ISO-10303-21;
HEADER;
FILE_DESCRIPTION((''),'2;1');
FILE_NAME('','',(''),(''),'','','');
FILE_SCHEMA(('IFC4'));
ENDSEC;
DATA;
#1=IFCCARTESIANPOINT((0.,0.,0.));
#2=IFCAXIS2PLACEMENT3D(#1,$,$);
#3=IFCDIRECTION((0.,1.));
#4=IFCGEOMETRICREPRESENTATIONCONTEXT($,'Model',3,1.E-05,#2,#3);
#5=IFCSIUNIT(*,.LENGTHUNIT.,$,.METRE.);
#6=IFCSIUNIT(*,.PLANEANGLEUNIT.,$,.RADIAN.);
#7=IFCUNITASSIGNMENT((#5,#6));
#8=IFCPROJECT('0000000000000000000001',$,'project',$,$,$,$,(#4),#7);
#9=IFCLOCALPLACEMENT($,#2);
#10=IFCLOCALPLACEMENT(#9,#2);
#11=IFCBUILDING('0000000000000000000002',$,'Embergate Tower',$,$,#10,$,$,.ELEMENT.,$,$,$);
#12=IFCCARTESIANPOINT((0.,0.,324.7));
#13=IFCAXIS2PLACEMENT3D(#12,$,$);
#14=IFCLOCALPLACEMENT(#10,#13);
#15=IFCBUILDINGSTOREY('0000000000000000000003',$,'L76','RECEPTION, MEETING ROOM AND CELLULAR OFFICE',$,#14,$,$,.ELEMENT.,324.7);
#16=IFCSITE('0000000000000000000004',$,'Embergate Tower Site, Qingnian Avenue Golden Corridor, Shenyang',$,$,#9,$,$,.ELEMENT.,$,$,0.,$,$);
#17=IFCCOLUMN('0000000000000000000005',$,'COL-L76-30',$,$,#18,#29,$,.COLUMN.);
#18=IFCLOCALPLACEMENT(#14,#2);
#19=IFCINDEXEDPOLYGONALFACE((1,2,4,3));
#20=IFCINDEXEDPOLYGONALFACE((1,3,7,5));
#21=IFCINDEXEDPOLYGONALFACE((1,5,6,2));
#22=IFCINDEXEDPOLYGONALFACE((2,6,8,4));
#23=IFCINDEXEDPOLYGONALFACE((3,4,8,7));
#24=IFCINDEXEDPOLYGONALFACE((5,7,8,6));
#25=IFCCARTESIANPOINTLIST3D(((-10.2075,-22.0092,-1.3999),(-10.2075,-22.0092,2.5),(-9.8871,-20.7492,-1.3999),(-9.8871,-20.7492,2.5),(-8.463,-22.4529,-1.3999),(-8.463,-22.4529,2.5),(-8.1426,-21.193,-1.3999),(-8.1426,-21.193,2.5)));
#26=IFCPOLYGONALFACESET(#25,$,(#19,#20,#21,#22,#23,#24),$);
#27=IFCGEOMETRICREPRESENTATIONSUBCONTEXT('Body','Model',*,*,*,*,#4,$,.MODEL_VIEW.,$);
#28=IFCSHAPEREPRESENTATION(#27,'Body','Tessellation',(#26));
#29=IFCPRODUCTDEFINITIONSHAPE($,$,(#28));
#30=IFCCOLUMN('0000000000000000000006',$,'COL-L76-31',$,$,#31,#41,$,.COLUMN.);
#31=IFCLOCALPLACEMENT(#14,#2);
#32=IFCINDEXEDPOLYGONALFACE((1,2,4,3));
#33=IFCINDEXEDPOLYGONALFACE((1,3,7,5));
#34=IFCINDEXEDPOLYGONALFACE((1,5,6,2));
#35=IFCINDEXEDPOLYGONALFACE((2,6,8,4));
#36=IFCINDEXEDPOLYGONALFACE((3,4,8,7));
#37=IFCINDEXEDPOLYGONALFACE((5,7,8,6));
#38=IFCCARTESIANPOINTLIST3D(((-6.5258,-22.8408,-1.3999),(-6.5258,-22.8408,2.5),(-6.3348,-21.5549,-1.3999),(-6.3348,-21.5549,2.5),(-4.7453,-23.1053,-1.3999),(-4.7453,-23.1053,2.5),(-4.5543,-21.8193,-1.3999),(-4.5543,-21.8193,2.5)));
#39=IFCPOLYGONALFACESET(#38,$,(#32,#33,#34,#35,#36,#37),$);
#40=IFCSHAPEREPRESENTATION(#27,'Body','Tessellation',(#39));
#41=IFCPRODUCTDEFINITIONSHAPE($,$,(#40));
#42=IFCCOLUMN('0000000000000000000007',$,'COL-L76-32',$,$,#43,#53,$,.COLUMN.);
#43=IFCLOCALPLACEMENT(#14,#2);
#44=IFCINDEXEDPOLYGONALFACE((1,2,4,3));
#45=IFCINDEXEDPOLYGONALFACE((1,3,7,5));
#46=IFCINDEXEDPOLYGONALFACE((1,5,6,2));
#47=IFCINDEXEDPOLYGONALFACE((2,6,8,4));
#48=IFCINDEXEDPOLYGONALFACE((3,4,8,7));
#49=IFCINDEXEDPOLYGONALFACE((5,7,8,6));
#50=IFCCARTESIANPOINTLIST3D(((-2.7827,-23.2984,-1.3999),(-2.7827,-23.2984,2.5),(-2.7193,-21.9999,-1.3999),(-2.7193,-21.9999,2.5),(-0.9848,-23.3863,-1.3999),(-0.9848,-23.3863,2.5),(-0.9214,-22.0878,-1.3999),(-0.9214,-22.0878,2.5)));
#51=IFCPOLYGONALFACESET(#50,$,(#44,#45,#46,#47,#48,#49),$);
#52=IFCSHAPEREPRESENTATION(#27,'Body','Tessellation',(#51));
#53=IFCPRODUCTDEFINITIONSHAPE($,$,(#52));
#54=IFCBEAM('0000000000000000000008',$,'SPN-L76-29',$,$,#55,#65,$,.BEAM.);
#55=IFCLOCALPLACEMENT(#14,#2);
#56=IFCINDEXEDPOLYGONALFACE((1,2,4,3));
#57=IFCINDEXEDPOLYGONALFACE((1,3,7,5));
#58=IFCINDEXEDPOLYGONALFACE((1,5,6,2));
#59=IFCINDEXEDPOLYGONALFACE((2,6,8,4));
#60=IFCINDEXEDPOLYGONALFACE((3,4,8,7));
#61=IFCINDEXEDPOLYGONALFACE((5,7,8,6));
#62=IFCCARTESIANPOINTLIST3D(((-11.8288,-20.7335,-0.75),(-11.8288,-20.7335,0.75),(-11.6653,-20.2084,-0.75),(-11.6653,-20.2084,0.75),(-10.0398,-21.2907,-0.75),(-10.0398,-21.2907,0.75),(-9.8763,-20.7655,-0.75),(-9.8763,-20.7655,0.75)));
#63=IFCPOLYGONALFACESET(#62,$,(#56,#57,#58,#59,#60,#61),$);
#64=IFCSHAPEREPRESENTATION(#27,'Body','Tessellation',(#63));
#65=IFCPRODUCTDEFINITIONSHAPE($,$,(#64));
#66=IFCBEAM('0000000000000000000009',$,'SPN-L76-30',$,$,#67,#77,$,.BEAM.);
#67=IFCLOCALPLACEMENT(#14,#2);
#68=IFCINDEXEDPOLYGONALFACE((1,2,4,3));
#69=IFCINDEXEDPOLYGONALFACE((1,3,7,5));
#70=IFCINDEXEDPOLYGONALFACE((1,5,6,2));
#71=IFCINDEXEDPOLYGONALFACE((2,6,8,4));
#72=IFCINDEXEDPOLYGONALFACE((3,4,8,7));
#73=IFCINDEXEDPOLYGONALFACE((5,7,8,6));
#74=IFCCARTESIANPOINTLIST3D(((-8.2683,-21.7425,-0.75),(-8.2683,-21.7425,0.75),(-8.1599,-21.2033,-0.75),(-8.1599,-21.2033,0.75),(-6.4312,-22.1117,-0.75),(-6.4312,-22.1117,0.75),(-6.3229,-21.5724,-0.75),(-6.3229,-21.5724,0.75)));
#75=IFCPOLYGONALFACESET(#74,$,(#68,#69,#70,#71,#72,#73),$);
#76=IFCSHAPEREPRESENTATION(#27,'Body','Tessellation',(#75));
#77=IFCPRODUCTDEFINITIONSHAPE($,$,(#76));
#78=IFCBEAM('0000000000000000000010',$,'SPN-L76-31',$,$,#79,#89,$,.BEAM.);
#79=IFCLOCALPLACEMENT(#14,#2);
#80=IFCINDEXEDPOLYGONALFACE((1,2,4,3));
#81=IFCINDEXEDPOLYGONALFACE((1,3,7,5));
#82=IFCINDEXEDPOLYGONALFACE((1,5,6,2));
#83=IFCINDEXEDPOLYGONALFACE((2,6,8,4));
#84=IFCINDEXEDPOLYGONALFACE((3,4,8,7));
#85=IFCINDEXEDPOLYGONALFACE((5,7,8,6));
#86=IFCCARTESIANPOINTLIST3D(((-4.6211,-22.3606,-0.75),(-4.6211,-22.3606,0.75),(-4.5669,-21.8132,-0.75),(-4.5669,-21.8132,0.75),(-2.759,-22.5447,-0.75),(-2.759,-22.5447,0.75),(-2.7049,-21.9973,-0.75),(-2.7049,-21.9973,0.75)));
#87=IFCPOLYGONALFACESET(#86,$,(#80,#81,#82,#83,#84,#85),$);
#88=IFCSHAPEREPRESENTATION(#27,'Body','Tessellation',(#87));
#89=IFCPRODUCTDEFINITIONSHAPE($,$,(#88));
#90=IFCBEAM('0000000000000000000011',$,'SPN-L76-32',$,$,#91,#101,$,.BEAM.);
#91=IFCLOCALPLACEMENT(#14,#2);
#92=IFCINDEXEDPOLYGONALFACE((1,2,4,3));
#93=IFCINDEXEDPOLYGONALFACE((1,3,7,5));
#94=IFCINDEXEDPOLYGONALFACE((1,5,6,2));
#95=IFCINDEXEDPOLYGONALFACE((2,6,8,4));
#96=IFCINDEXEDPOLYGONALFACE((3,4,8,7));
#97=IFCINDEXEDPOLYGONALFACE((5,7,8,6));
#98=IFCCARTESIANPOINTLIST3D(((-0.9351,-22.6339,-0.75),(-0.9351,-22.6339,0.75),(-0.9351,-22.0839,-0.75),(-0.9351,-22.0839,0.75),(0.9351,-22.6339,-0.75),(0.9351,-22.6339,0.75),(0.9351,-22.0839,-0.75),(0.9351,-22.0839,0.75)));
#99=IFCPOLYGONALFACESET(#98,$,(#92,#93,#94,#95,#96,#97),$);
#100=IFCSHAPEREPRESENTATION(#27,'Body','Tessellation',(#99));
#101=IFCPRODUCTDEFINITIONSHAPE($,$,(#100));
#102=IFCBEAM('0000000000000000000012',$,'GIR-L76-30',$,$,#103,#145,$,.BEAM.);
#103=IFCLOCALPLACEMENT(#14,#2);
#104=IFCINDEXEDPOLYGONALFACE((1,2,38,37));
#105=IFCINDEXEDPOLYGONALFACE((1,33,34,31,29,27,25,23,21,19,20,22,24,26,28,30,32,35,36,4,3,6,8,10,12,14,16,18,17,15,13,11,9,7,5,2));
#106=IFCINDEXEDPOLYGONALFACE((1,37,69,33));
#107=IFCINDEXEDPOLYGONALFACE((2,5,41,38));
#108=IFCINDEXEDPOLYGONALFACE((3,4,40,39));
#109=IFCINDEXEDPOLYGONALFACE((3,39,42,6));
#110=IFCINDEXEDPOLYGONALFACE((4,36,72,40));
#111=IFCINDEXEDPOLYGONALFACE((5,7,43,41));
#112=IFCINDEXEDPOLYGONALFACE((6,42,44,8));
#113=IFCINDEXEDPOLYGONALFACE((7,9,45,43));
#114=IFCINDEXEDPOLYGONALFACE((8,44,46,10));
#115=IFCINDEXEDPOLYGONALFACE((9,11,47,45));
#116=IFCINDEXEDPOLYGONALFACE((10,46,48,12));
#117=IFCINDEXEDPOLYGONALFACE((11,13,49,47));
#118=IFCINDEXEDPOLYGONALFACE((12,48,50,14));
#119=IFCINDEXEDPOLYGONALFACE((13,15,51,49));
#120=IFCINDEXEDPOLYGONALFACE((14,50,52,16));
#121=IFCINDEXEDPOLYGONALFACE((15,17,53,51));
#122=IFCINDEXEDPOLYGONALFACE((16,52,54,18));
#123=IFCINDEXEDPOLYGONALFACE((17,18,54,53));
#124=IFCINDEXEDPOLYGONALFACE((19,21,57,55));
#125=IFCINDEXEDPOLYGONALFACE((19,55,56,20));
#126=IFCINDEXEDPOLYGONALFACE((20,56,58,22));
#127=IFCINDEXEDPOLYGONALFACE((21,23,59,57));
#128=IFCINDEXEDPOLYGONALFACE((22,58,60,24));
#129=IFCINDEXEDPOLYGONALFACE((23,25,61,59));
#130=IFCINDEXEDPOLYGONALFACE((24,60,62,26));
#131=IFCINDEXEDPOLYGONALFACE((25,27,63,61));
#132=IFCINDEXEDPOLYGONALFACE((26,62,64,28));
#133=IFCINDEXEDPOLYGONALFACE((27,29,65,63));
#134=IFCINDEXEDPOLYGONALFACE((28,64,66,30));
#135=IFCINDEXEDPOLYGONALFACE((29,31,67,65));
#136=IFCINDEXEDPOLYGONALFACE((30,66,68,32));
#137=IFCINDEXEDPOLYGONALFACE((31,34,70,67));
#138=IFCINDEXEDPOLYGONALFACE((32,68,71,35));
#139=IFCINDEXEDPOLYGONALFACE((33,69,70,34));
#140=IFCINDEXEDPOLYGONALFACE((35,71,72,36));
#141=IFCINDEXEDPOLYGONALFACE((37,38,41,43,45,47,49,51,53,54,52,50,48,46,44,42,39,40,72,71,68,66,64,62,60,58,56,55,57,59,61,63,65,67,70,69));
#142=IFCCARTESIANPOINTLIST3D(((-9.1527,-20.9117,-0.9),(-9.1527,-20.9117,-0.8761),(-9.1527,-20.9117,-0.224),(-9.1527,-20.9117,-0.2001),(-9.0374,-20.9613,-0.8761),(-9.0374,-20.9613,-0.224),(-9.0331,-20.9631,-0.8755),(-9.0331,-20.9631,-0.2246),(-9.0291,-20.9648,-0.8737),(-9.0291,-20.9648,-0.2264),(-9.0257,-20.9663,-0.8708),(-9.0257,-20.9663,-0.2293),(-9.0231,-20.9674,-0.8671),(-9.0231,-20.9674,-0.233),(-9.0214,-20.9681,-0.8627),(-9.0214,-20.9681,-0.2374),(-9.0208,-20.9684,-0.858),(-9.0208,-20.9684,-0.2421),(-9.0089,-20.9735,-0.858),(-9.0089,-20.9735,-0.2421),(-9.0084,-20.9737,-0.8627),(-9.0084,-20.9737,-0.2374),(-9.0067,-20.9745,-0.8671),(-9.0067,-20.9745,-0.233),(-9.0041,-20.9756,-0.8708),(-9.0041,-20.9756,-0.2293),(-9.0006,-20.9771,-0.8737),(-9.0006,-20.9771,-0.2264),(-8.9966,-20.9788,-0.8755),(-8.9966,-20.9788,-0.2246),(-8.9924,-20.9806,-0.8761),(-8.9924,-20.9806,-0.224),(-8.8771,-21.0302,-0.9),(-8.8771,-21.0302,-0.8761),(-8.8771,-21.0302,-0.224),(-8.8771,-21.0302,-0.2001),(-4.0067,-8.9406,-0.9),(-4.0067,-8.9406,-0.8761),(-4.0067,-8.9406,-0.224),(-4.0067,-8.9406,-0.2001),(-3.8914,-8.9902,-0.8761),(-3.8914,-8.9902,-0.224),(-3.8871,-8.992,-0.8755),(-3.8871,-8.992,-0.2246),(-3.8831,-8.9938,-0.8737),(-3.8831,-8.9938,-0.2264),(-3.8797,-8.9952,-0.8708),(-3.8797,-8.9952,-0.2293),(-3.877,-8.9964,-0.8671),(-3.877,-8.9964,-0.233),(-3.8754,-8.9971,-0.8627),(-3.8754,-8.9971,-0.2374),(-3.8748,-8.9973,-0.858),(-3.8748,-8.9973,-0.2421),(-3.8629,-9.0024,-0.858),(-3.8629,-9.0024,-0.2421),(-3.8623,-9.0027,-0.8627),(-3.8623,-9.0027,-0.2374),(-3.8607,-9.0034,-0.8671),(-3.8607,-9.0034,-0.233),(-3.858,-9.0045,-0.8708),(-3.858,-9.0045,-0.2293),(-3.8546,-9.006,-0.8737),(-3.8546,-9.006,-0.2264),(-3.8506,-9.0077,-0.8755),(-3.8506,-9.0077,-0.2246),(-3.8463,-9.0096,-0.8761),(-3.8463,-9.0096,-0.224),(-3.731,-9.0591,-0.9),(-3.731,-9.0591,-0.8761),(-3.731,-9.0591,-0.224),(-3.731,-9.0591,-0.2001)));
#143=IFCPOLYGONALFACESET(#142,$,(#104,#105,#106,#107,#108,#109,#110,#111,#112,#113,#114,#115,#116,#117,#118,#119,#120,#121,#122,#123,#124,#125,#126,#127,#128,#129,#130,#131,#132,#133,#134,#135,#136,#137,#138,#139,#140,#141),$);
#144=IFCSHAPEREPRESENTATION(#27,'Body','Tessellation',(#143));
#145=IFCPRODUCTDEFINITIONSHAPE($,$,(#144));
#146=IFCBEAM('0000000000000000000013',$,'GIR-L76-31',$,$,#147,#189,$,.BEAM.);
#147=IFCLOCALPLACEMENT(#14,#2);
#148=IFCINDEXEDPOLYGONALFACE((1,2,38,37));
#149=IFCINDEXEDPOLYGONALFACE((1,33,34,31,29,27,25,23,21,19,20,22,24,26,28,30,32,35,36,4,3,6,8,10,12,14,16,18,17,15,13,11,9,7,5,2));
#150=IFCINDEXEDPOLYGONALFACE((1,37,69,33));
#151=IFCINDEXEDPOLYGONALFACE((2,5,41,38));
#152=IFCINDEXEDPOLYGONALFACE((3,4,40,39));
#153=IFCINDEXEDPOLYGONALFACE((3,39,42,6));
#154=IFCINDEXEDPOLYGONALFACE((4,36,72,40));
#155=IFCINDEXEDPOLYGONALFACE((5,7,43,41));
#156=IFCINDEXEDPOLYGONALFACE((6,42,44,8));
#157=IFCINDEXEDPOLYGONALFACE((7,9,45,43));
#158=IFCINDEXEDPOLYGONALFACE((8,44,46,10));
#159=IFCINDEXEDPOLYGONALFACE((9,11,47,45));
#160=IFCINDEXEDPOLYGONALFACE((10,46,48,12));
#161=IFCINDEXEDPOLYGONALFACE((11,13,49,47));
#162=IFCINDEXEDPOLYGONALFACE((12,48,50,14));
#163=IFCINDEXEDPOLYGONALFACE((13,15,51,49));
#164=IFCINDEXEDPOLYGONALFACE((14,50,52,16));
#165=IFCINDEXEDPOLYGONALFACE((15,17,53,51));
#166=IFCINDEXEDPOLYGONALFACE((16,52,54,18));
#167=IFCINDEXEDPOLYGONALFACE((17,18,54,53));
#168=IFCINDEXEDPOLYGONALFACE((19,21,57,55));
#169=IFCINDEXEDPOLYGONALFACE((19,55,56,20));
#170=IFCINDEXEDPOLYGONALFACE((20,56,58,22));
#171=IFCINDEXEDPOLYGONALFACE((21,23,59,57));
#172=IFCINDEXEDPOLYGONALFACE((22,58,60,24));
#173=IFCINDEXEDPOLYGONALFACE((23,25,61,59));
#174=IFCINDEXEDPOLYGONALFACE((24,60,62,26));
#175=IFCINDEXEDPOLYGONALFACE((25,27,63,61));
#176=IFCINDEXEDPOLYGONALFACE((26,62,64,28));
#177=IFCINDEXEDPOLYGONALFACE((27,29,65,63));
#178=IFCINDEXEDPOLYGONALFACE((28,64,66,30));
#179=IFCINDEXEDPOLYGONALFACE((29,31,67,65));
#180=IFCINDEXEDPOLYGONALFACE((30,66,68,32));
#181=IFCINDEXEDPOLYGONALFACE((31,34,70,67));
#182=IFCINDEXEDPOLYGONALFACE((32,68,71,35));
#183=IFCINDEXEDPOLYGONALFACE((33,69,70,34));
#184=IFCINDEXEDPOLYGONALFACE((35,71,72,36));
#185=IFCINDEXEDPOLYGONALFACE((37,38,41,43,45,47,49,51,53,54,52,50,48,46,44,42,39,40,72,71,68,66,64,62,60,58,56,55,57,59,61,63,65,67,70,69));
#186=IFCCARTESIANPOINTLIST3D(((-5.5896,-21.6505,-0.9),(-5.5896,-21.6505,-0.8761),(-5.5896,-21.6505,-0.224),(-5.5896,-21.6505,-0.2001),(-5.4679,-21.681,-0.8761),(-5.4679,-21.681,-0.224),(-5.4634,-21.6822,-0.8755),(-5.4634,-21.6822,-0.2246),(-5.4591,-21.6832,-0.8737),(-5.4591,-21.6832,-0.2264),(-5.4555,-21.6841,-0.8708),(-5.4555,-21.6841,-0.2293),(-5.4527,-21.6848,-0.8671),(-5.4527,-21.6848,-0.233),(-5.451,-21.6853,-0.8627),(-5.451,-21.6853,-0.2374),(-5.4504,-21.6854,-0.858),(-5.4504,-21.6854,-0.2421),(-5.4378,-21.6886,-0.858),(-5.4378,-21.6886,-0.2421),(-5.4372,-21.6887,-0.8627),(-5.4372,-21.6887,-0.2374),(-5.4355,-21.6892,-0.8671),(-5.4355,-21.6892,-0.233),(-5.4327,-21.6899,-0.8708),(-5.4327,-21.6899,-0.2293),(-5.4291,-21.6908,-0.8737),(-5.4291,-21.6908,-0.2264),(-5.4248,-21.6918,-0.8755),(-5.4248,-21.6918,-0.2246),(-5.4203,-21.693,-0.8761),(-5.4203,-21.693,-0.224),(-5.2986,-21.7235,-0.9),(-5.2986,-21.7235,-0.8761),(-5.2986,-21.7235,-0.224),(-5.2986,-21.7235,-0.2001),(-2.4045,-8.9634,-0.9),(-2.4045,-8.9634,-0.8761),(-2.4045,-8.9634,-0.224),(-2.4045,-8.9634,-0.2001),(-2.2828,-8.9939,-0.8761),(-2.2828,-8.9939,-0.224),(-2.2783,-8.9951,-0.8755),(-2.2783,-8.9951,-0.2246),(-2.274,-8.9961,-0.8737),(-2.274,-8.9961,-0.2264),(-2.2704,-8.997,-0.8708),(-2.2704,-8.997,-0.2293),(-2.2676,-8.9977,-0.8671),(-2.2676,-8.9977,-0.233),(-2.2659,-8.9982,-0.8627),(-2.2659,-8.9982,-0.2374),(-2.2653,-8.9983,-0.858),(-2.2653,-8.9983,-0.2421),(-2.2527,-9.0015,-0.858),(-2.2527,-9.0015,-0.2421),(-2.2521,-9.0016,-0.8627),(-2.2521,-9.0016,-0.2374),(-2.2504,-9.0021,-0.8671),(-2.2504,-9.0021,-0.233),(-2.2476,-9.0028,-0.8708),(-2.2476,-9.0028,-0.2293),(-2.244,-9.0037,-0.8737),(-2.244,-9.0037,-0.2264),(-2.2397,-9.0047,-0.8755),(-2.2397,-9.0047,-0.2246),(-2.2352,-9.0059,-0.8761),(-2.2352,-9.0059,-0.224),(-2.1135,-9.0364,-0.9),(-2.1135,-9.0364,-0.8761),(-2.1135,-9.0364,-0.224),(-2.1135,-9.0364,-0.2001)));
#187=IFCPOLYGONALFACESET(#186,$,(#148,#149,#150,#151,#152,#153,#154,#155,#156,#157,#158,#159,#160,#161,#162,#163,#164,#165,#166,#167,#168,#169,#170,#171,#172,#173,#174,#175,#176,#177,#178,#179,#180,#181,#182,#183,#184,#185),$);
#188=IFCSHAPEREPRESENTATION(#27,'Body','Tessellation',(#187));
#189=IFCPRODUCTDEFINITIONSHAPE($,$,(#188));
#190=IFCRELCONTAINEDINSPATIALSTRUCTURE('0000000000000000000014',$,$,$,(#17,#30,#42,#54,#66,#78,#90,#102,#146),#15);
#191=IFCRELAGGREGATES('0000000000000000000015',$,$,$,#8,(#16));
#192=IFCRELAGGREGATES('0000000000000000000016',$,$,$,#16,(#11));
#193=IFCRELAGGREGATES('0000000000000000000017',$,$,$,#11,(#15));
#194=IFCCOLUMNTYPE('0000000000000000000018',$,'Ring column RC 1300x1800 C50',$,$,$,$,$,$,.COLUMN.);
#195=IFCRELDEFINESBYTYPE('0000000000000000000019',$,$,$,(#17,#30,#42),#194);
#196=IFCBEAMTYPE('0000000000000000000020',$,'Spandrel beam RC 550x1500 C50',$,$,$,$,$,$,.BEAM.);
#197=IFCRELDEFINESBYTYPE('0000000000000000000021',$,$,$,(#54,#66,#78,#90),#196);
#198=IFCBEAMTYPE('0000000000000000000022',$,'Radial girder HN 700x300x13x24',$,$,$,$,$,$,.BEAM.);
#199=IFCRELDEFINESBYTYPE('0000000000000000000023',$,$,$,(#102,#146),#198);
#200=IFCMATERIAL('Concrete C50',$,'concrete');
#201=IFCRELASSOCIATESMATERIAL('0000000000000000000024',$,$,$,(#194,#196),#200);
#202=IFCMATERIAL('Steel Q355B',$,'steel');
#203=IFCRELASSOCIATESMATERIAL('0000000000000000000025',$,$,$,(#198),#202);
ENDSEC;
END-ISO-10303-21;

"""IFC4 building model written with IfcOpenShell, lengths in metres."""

from ifc_helpers import new_model, si_unit, direction, frame, origin, origin_2d, place, context, subcontext, project, spatial, rectangle, i_section, extrude, source, transform, mapped, material, material_profile, profile_set, type_object, element, save


model = new_model("IFC4")

# Units and contexts
model_context = context("Model", 3, precision=1e-05, world=origin(), true_north=direction((0.0, 1.0)))
body_context = subcontext(model_context, "Body", "Model", "MODEL_VIEW")
ifc_project = project(units=[si_unit("LENGTHUNIT", "METRE"), si_unit("PLANEANGLEUNIT", "RADIAN")], contexts=[model_context])

# Site, building, storey
site_placement = place(None, origin())
site = spatial("IfcSite", under=ifc_project, at=site_placement, Name="Embergate Tower Site, Qingnian Avenue Golden Corridor, Shenyang", CompositionType="ELEMENT", RefElevation=0.0)
building_placement = place(site_placement, origin())
building = spatial("IfcBuilding", under=site, at=building_placement, Name="Embergate Tower", CompositionType="ELEMENT")
storey_placement = place(building_placement, frame((0.0, 0.0, 324.7)))
storey = spatial("IfcBuildingStorey", under=building, at=storey_placement, Name="L76", Description="RECEPTION, MEETING ROOM AND CELLULAR OFFICE", CompositionType="ELEMENT", Elevation=324.7)

# Columns
ifc_material_1 = material(Name="Concrete C50", Category="concrete")
ifc_material_profile_1 = material_profile(ifc_material_1, rectangle(XDim=1.3, YDim=1.8, at=origin_2d()), Name="RC 1300x1800")
ifc_profile_set_1 = profile_set([ifc_material_profile_1], Name="Concrete C50")
column_type = type_object("IfcColumnType", Name="Ring column RC 1300x1800 C50", PredefinedType="COLUMN", material=ifc_profile_set_1)
shared_shape_1 = source(origin(), body_context, "Body", "SweptSolid", [
    extrude(rectangle(XDim=1.3, YDim=1.8, at=origin_2d()), origin(), (0.0, 0.0, 1.0), 3.8999),
])
for number, where, z_axis, x_axis, name in (
    (1, (-9.175, -21.6011, -1.3999), (0.0, 0.0, 1.0), (-0.246509, -0.969141, 0.0), "COL-L76-30"),
    (2, (-5.54, -22.3301, -1.3999), (0.0, 0.0, 1.0), (-0.146929, -0.989147, 0.0), "COL-L76-31"),
    (3, (-1.8521, -22.6931, -1.3999), (0.0, 0.0, 1.0), (-0.048815, -0.998808, 0.0), "COL-L76-32"),
):
    element("IfcColumn", number, at=place(storey_placement, frame(where, z_axis=z_axis, x_axis=x_axis)), inside=storey, type_object=column_type, Name=name, PredefinedType="COLUMN", context=body_context, shape_type="MappedRepresentation", body=[
        mapped(shared_shape_1, transform((0.0, 0.0, 0.0))),
    ])

# Beams
ifc_material_profile_2 = material_profile(ifc_material_1, rectangle(XDim=0.55, YDim=1.5, at=origin_2d()), Name="RC 550x1500")
ifc_profile_set_2 = profile_set([ifc_material_profile_2], Name="Concrete C50")
beam_type_1 = type_object("IfcBeamType", Name="Spandrel beam RC 550x1500 C50", PredefinedType="BEAM", material=ifc_profile_set_2)
shared_shape_2 = source(origin(), body_context, "Body", "SweptSolid", [
    extrude(rectangle(XDim=0.55, YDim=1.5, at=origin_2d()), origin(), (0.0, 0.0, 1.0), 1.8738),
])
for number, where, z_axis, x_axis, name in (
    (4, (-11.7471, -20.4709, 0.0), (0.954776, -0.297325, 0.0), (0.297325, 0.954776, 0.0), "SPN-L76-29"),
    (5, (-8.2141, -21.4729, 0.0), (0.980405, -0.196993, 0.0), (0.196993, 0.980405, 0.0), "SPN-L76-30"),
):
    element("IfcBeam", number, at=place(storey_placement, frame(where, z_axis=z_axis, x_axis=x_axis)), inside=storey, type_object=beam_type_1, Name=name, PredefinedType="BEAM", context=body_context, shape_type="MappedRepresentation", body=[
        mapped(shared_shape_2, transform((0.0, 0.0, 0.0))),
    ])
shared_shape_3 = source(origin(), body_context, "Body", "SweptSolid", [
    extrude(rectangle(XDim=0.55, YDim=1.5, at=origin_2d()), origin(), (0.0, 0.0, 1.0), 1.8711),
])
beam_1_placement = place(storey_placement, frame((-4.594, -22.0869, 0.0), z_axis=(0.995149, -0.09838, 0.0), x_axis=(0.09838, 0.995149, 0.0)))
element("IfcBeam", 6, at=beam_1_placement, inside=storey, type_object=beam_type_1, Name="SPN-L76-31", PredefinedType="BEAM", context=body_context, shape_type="MappedRepresentation", body=[
    mapped(shared_shape_3, transform((0.0, 0.0, 0.0))),
])
shared_shape_4 = source(origin(), body_context, "Body", "SweptSolid", [
    extrude(rectangle(XDim=0.55, YDim=1.5, at=origin_2d()), origin(), (0.0, 0.0, 1.0), 1.8701),
])
beam_2_placement = place(storey_placement, frame((-0.9351, -22.3589, 0.0), z_axis=(1.0, 0.0, 0.0), x_axis=(0.0, 1.0, 0.0)))
element("IfcBeam", 7, at=beam_2_placement, inside=storey, type_object=beam_type_1, Name="SPN-L76-32", PredefinedType="BEAM", context=body_context, shape_type="MappedRepresentation", body=[
    mapped(shared_shape_4, transform((0.0, 0.0, 0.0))),
])
ifc_material_2 = material(Name="Steel Q355B", Category="steel")
ifc_material_profile_3 = material_profile(ifc_material_2, i_section(OverallWidth=0.3, OverallDepth=0.7, WebThickness=0.0129, FlangeThickness=0.0239, FilletRadius=0.0181, at=origin_2d()), Name="HN 700x300x13x24")
ifc_profile_set_3 = profile_set([ifc_material_profile_3], Name="Steel Q355 grade B")
beam_type_2 = type_object("IfcBeamType", Name="Radial girder HN 700x300x13x24", PredefinedType="BEAM", material=ifc_profile_set_3)
shared_shape_5 = source(origin(), body_context, "Body", "SweptSolid", [
    extrude(i_section(OverallWidth=0.3, OverallDepth=0.7, WebThickness=0.0129, FlangeThickness=0.0239, FilletRadius=0.0181, at=origin_2d()), origin(), (0.0, 0.0, 1.0), 13.0303),
])
beam_3_placement = place(storey_placement, frame((-9.0149, -20.9709, -0.55), z_axis=(0.39493, 0.918711, 0.0), x_axis=(-0.918711, 0.39493, 0.0)))
element("IfcBeam", 8, at=beam_3_placement, inside=storey, type_object=beam_type_2, Name="GIR-L76-30", PredefinedType="BEAM", context=body_context, shape_type="MappedRepresentation", body=[
    mapped(shared_shape_5, transform((0.0, 0.0, 0.0))),
])
shared_shape_6 = source(origin(), body_context, "Body", "SweptSolid", [
    extrude(i_section(OverallWidth=0.3, OverallDepth=0.7, WebThickness=0.0129, FlangeThickness=0.0239, FilletRadius=0.0181, at=origin_2d()), origin(), (0.0, 0.0, 1.0), 13.0808),
])
beam_4_placement = place(storey_placement, frame((-5.4441, -21.687, -0.55), z_axis=(0.243493, 0.969903, 0.0), x_axis=(-0.969903, 0.243493, 0.0)))
element("IfcBeam", 9, at=beam_4_placement, inside=storey, type_object=beam_type_2, Name="GIR-L76-31", PredefinedType="BEAM", context=body_context, shape_type="MappedRepresentation", body=[
    mapped(shared_shape_6, transform((0.0, 0.0, 0.0))),
])

save(model, "model.ifc")
